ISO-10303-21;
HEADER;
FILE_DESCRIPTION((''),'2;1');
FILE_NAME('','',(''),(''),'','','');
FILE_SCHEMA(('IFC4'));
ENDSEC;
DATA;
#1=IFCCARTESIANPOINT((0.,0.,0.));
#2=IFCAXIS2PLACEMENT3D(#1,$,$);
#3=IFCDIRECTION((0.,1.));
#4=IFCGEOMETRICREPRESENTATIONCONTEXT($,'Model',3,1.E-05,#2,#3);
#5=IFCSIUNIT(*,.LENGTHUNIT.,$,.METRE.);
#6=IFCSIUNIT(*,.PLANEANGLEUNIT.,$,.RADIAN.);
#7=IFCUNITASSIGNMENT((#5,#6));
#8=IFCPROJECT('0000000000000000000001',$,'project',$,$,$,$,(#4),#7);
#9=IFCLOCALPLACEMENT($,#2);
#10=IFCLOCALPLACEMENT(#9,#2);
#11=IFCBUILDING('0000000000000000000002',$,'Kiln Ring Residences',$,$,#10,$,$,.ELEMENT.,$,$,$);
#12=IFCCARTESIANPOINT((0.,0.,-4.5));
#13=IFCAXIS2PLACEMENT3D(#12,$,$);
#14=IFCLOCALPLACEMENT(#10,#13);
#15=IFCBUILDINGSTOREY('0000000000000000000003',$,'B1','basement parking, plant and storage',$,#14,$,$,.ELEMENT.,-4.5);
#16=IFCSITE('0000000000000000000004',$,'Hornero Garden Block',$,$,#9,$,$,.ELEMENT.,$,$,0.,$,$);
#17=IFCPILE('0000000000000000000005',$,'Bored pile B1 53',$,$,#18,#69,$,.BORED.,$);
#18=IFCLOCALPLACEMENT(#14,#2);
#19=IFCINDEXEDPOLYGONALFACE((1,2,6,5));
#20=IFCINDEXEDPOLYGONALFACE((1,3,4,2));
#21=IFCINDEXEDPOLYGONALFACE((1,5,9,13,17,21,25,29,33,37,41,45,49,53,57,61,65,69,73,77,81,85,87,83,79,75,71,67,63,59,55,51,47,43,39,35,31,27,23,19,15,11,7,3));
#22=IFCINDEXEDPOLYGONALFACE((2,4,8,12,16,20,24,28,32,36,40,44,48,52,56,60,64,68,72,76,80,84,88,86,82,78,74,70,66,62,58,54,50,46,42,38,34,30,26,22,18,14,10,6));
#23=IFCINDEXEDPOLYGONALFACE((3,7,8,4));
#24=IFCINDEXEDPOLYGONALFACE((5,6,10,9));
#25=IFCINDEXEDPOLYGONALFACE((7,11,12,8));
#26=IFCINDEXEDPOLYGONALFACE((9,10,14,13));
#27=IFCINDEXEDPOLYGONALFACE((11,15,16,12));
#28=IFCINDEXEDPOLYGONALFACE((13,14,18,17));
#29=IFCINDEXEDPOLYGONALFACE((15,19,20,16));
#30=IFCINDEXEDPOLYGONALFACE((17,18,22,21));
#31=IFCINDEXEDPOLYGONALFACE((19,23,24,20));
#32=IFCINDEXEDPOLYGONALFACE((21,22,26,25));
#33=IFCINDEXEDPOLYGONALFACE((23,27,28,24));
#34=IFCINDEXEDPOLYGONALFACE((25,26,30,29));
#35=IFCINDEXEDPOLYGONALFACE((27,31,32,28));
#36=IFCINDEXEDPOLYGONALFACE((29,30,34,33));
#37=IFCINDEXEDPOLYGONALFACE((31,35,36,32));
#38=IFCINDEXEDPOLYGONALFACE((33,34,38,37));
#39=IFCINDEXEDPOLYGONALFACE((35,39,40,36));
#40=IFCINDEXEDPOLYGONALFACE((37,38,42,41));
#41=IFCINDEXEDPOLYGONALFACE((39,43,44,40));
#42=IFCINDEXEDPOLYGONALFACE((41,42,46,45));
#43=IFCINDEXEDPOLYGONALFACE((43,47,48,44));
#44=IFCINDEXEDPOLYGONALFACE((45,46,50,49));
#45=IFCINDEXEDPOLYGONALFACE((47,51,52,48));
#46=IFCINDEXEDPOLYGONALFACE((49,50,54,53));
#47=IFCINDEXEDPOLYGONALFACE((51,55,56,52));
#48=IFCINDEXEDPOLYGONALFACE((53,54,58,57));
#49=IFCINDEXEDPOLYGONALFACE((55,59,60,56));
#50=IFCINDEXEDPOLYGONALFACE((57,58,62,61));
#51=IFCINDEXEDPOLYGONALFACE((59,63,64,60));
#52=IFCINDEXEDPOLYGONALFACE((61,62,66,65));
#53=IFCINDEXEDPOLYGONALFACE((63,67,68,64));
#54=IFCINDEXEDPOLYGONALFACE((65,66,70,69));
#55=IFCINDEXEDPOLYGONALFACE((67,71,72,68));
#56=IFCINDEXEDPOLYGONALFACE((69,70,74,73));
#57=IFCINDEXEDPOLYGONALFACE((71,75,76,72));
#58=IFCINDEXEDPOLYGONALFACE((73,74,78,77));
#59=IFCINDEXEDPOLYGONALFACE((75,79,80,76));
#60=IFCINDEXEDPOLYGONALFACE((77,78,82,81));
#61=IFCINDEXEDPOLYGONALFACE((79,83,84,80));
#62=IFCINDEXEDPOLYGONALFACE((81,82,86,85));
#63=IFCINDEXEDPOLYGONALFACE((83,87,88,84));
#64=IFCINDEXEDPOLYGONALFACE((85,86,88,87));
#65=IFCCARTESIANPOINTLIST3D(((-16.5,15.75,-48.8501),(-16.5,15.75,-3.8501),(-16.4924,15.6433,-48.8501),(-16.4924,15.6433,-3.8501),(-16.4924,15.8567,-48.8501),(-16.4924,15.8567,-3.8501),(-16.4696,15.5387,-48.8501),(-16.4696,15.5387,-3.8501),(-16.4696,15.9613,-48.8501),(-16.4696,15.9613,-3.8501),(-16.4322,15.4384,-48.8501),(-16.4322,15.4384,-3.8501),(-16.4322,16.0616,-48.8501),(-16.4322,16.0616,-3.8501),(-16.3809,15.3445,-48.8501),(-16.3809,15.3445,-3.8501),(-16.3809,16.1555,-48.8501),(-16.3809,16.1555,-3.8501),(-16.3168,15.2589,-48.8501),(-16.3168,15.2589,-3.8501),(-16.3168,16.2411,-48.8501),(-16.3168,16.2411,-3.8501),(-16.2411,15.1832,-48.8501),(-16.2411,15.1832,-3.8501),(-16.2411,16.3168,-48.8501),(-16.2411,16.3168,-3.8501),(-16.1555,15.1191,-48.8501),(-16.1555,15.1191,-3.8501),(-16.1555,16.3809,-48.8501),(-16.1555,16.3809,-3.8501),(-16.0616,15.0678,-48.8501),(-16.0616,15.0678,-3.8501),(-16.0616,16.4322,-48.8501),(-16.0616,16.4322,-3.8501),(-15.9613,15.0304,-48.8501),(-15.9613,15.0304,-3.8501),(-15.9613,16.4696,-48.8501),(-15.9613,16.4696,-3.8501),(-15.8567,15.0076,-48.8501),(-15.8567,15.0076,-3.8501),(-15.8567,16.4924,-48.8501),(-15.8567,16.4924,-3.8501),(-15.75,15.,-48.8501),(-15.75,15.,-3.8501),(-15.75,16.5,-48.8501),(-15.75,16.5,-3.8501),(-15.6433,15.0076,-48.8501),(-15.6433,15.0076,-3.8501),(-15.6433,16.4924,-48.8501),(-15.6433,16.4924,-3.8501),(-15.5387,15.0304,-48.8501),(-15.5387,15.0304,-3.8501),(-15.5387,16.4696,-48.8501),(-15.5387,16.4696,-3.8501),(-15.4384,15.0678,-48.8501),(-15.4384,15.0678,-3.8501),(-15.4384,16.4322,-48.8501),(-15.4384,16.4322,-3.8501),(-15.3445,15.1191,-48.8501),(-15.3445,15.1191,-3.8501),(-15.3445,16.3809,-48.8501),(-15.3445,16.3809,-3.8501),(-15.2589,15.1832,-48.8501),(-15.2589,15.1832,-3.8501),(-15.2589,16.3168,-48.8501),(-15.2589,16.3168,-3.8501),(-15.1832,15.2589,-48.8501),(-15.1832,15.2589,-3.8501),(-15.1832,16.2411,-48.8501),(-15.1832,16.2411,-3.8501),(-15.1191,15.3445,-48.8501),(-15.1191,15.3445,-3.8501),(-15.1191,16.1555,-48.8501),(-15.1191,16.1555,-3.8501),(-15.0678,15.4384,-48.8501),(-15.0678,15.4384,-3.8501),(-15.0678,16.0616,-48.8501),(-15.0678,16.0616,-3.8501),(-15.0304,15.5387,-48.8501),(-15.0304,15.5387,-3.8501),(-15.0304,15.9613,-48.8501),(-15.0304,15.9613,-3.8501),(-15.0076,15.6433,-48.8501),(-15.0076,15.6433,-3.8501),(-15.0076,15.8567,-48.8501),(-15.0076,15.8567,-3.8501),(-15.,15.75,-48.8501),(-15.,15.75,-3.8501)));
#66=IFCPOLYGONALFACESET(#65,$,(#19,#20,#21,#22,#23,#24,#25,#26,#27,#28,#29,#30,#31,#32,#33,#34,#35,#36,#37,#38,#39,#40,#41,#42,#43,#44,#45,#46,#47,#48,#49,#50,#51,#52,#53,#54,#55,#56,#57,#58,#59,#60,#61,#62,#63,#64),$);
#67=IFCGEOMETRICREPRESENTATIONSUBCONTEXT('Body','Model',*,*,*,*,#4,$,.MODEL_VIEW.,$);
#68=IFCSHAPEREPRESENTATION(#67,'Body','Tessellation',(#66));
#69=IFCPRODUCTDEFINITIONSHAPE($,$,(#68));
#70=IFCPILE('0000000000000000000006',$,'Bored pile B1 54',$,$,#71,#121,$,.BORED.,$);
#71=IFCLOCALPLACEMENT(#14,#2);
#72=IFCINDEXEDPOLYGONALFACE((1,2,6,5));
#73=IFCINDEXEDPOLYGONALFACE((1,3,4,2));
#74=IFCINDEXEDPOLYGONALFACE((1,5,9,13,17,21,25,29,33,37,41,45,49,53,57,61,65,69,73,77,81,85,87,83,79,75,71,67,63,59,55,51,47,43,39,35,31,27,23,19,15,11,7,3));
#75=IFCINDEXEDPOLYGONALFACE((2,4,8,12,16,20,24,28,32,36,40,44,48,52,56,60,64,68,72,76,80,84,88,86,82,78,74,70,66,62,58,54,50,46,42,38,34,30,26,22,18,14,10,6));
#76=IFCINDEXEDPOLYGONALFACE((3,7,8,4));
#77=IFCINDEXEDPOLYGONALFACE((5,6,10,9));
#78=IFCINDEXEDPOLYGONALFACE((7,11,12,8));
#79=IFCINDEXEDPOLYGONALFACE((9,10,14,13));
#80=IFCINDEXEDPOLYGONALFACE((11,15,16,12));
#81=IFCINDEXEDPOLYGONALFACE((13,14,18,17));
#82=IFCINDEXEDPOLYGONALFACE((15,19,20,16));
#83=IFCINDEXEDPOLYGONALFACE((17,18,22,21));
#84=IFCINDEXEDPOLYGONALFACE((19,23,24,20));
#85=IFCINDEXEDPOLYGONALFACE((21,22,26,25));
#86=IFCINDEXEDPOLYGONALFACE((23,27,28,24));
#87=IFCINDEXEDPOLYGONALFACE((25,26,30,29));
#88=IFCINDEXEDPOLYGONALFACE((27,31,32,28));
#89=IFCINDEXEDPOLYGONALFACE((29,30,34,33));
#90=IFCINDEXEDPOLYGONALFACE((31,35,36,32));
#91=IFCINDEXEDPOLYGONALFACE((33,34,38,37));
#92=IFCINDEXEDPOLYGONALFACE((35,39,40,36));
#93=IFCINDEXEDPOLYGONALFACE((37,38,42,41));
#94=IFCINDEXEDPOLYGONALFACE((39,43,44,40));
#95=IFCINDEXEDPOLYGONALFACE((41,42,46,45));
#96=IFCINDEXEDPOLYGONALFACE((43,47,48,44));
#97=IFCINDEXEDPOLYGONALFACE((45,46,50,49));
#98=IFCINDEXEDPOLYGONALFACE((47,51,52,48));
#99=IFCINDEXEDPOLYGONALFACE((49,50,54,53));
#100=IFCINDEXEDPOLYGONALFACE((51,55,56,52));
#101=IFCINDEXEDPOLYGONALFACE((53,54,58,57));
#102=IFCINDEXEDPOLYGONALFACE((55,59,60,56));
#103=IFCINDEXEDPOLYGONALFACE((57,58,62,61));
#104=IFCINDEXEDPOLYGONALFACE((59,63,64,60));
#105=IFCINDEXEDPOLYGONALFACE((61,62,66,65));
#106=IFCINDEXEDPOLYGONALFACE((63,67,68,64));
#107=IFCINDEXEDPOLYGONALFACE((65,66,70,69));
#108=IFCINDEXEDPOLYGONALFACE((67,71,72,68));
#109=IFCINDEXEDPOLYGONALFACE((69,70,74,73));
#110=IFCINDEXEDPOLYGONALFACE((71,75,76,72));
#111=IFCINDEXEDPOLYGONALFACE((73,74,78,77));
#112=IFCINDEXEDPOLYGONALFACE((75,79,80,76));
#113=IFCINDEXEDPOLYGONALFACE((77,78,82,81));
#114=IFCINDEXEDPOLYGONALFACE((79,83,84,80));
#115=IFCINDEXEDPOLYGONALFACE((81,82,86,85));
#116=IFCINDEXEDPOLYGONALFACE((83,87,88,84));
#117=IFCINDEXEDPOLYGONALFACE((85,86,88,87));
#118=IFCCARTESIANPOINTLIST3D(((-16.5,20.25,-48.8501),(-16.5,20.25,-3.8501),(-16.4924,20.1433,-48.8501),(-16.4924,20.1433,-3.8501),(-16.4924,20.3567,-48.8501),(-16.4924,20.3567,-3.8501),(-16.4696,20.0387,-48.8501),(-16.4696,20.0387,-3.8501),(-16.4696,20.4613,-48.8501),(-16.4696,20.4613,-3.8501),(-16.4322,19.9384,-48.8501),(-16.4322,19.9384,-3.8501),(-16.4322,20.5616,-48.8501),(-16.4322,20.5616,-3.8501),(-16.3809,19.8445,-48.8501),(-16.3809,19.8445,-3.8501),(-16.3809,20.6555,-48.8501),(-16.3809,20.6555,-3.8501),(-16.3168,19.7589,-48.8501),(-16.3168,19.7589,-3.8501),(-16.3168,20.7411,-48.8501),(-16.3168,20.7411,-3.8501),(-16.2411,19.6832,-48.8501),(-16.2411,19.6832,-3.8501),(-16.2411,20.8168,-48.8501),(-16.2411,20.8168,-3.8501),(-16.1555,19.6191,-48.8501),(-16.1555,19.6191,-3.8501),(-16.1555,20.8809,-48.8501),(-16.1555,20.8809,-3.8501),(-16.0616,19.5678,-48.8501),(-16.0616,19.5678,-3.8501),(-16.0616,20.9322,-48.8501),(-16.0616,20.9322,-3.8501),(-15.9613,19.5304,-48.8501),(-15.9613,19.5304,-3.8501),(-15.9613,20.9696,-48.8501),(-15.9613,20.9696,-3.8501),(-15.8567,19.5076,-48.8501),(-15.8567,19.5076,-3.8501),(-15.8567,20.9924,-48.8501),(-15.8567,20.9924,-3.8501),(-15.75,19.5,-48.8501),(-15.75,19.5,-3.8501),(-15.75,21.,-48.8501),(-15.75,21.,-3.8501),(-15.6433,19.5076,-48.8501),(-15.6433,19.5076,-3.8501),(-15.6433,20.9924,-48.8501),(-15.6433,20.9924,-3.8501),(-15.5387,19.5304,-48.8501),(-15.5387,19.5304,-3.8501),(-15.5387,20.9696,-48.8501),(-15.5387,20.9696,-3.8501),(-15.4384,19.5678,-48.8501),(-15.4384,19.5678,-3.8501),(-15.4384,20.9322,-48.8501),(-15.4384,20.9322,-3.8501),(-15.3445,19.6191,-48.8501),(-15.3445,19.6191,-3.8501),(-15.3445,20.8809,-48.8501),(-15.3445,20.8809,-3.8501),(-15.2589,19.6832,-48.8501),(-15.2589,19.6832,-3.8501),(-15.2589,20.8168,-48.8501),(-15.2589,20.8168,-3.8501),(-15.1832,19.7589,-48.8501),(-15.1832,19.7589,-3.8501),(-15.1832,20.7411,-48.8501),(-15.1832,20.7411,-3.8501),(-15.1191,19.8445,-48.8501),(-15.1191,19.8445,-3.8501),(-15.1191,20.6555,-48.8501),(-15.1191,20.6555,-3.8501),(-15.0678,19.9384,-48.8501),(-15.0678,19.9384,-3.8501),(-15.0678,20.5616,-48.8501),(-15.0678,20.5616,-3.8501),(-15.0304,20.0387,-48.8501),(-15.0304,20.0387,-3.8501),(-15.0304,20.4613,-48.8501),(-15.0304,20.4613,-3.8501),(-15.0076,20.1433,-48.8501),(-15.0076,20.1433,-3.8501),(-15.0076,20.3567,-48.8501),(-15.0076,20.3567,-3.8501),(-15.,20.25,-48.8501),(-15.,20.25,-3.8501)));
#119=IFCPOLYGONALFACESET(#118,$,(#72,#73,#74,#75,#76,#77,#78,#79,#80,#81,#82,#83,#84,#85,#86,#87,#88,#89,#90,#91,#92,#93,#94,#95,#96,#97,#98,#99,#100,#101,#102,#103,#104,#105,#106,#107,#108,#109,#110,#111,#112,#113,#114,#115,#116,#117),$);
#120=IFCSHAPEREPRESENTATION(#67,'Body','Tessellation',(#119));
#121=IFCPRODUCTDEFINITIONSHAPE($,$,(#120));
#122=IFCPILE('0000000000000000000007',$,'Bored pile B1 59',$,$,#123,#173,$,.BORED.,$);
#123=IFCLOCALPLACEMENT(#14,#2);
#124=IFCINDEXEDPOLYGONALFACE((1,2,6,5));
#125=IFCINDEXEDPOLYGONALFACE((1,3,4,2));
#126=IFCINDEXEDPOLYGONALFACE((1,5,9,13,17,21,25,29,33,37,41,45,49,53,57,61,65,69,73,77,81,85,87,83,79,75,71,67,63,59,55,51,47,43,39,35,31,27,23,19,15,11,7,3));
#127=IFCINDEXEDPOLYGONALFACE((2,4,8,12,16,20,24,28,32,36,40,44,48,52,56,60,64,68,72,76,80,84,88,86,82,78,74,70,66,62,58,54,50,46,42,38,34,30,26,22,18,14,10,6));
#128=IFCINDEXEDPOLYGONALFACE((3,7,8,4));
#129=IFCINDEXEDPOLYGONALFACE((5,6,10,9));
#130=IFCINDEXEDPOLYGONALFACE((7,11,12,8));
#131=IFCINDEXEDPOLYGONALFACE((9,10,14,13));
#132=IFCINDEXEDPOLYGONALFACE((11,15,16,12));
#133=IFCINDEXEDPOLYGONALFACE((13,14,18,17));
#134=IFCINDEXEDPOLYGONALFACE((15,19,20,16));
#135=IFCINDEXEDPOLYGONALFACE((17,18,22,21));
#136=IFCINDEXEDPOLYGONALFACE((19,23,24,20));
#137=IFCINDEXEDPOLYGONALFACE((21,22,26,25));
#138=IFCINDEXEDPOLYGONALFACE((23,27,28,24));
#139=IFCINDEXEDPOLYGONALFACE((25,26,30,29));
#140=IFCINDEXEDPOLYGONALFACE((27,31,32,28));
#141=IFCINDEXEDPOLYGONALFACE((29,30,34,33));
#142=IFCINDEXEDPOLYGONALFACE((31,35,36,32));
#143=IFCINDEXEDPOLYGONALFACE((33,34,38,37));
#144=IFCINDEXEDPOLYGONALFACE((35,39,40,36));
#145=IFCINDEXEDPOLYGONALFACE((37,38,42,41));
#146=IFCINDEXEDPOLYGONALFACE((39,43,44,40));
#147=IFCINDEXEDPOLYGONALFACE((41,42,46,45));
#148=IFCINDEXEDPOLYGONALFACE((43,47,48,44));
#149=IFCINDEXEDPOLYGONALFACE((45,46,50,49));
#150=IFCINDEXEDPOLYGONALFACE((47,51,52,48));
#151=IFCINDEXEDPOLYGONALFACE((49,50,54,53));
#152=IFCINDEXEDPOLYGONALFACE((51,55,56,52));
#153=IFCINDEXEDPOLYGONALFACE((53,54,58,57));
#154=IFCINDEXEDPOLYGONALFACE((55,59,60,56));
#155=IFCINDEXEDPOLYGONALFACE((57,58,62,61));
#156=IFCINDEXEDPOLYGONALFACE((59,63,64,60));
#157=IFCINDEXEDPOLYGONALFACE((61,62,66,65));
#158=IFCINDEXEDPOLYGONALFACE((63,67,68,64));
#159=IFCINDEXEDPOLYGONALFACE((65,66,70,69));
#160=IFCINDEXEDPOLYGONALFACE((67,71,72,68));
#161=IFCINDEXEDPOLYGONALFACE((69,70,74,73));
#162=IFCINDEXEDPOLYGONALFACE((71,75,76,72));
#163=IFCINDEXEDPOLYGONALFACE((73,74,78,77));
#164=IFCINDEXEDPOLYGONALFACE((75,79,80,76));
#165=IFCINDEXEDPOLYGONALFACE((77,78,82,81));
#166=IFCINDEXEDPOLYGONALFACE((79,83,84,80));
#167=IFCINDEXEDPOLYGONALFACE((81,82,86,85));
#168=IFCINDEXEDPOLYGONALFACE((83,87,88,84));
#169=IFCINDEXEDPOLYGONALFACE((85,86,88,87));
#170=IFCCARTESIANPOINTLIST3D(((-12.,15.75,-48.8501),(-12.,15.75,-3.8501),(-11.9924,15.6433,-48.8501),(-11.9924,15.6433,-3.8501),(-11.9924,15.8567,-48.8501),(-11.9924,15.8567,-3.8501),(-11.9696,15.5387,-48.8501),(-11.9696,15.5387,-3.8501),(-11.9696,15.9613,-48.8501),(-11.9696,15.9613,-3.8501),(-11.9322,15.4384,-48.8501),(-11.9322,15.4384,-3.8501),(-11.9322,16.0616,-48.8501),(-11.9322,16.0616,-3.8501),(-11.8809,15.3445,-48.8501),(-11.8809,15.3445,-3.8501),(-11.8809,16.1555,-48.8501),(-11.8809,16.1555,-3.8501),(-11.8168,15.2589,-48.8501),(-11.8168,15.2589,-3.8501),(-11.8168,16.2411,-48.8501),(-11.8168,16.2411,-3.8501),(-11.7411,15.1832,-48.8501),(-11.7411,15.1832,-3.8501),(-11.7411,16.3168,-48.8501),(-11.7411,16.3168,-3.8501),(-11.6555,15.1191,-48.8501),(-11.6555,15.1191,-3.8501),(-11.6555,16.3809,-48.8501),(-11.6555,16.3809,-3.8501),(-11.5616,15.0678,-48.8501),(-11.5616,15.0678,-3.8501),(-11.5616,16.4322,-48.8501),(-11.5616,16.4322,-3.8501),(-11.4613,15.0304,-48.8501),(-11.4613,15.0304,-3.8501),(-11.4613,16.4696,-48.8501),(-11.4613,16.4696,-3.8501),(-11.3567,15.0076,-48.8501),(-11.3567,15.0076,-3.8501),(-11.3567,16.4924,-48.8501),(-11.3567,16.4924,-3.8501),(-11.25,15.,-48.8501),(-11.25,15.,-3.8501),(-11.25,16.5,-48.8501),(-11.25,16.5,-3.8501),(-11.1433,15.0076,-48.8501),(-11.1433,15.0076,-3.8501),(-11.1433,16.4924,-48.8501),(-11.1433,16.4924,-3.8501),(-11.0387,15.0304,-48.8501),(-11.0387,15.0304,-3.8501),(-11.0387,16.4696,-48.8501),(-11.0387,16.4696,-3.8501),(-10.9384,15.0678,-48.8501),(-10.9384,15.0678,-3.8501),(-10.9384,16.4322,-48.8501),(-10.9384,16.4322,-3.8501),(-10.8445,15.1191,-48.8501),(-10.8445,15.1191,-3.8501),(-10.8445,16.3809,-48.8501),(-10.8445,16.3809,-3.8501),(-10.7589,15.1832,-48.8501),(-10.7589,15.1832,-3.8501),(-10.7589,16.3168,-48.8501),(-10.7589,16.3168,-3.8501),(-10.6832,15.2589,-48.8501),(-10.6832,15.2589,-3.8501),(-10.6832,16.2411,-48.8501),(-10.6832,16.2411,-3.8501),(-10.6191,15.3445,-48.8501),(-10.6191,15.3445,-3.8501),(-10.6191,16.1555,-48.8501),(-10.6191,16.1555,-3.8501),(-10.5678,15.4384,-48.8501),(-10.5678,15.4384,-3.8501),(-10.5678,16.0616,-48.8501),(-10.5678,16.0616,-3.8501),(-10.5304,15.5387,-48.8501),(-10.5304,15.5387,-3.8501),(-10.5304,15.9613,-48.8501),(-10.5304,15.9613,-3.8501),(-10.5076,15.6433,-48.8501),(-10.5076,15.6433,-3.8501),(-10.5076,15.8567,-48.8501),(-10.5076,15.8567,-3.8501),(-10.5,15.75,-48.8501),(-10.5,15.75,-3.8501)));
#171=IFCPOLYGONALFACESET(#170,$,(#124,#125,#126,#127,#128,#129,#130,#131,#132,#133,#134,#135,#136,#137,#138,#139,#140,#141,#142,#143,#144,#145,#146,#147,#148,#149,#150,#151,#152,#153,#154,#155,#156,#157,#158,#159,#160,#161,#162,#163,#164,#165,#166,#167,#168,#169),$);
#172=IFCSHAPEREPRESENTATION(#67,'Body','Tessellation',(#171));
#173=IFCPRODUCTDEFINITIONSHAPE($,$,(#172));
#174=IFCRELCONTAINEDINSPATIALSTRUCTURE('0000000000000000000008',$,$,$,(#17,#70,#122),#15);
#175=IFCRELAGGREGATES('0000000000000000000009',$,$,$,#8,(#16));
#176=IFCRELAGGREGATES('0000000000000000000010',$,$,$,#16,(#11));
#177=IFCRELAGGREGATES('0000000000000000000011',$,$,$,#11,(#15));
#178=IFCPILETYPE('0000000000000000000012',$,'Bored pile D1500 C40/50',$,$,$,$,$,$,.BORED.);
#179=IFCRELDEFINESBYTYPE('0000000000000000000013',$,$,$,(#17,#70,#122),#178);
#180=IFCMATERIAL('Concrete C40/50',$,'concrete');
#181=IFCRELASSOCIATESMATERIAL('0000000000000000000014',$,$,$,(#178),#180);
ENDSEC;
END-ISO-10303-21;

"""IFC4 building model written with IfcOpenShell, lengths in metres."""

from ifc_helpers import new_model, si_unit, direction, frame, origin, origin_2d, place, context, subcontext, project, spatial, circle, extrude, material, material_profile, profile_set, type_object, element, save


model = new_model("IFC4")

# Units and contexts
model_context = context("Model", 3, precision=1e-05, world=origin(), true_north=direction((0.0, 1.0)))
body_context = subcontext(model_context, "Body", "Model", "MODEL_VIEW")
ifc_project = project(units=[si_unit("LENGTHUNIT", "METRE"), si_unit("PLANEANGLEUNIT", "RADIAN")], contexts=[model_context])

# Site, building, storey
site_placement = place(None, origin())
site = spatial("IfcSite", under=ifc_project, at=site_placement, Name="Hornero Garden Block", CompositionType="ELEMENT", RefElevation=0.0)
building_placement = place(site_placement, origin())
building = spatial("IfcBuilding", under=site, at=building_placement, Name="Kiln Ring Residences", CompositionType="ELEMENT")
storey_placement = place(building_placement, frame((0.0, 0.0, -4.5)))
storey = spatial("IfcBuildingStorey", under=building, at=storey_placement, Name="B1", Description="basement parking, plant and storage", CompositionType="ELEMENT", Elevation=-4.5)

# Piles
ifc_material_1 = material(Name="Concrete C40/50", Category="concrete")
ifc_material_profile_1 = material_profile(ifc_material_1, circle(Radius=0.75, at=origin_2d()), Name="BORED1500")
ifc_profile_set_1 = profile_set([ifc_material_profile_1], Name="Concrete C40/50")
pile_type = type_object("IfcPileType", Name="Bored pile D1500 C40/50", PredefinedType="BORED", material=ifc_profile_set_1)
for number, where, z_axis, x_axis, name in (
    (1, (-15.75, 15.75, -3.8501), (0.0, 0.0, -1.0), (1.0, 0.0, 0.0), "Bored pile B1 53"),
    (2, (-15.75, 20.25, -3.8501), (0.0, 0.0, -1.0), (1.0, 0.0, 0.0), "Bored pile B1 54"),
    (3, (-11.25, 15.75, -3.8501), (0.0, 0.0, -1.0), (1.0, 0.0, 0.0), "Bored pile B1 59"),
):
    element("IfcPile", number, at=place(storey_placement, frame(where, z_axis=z_axis, x_axis=x_axis)), inside=storey, type_object=pile_type, Name=name, PredefinedType="BORED", context=body_context, shape_type="SweptSolid", body=[
        extrude(circle(Radius=0.75, at=origin_2d()), origin(), (0.0, 0.0, 1.0), 45.0),
    ])

save(model, "model.ifc")
